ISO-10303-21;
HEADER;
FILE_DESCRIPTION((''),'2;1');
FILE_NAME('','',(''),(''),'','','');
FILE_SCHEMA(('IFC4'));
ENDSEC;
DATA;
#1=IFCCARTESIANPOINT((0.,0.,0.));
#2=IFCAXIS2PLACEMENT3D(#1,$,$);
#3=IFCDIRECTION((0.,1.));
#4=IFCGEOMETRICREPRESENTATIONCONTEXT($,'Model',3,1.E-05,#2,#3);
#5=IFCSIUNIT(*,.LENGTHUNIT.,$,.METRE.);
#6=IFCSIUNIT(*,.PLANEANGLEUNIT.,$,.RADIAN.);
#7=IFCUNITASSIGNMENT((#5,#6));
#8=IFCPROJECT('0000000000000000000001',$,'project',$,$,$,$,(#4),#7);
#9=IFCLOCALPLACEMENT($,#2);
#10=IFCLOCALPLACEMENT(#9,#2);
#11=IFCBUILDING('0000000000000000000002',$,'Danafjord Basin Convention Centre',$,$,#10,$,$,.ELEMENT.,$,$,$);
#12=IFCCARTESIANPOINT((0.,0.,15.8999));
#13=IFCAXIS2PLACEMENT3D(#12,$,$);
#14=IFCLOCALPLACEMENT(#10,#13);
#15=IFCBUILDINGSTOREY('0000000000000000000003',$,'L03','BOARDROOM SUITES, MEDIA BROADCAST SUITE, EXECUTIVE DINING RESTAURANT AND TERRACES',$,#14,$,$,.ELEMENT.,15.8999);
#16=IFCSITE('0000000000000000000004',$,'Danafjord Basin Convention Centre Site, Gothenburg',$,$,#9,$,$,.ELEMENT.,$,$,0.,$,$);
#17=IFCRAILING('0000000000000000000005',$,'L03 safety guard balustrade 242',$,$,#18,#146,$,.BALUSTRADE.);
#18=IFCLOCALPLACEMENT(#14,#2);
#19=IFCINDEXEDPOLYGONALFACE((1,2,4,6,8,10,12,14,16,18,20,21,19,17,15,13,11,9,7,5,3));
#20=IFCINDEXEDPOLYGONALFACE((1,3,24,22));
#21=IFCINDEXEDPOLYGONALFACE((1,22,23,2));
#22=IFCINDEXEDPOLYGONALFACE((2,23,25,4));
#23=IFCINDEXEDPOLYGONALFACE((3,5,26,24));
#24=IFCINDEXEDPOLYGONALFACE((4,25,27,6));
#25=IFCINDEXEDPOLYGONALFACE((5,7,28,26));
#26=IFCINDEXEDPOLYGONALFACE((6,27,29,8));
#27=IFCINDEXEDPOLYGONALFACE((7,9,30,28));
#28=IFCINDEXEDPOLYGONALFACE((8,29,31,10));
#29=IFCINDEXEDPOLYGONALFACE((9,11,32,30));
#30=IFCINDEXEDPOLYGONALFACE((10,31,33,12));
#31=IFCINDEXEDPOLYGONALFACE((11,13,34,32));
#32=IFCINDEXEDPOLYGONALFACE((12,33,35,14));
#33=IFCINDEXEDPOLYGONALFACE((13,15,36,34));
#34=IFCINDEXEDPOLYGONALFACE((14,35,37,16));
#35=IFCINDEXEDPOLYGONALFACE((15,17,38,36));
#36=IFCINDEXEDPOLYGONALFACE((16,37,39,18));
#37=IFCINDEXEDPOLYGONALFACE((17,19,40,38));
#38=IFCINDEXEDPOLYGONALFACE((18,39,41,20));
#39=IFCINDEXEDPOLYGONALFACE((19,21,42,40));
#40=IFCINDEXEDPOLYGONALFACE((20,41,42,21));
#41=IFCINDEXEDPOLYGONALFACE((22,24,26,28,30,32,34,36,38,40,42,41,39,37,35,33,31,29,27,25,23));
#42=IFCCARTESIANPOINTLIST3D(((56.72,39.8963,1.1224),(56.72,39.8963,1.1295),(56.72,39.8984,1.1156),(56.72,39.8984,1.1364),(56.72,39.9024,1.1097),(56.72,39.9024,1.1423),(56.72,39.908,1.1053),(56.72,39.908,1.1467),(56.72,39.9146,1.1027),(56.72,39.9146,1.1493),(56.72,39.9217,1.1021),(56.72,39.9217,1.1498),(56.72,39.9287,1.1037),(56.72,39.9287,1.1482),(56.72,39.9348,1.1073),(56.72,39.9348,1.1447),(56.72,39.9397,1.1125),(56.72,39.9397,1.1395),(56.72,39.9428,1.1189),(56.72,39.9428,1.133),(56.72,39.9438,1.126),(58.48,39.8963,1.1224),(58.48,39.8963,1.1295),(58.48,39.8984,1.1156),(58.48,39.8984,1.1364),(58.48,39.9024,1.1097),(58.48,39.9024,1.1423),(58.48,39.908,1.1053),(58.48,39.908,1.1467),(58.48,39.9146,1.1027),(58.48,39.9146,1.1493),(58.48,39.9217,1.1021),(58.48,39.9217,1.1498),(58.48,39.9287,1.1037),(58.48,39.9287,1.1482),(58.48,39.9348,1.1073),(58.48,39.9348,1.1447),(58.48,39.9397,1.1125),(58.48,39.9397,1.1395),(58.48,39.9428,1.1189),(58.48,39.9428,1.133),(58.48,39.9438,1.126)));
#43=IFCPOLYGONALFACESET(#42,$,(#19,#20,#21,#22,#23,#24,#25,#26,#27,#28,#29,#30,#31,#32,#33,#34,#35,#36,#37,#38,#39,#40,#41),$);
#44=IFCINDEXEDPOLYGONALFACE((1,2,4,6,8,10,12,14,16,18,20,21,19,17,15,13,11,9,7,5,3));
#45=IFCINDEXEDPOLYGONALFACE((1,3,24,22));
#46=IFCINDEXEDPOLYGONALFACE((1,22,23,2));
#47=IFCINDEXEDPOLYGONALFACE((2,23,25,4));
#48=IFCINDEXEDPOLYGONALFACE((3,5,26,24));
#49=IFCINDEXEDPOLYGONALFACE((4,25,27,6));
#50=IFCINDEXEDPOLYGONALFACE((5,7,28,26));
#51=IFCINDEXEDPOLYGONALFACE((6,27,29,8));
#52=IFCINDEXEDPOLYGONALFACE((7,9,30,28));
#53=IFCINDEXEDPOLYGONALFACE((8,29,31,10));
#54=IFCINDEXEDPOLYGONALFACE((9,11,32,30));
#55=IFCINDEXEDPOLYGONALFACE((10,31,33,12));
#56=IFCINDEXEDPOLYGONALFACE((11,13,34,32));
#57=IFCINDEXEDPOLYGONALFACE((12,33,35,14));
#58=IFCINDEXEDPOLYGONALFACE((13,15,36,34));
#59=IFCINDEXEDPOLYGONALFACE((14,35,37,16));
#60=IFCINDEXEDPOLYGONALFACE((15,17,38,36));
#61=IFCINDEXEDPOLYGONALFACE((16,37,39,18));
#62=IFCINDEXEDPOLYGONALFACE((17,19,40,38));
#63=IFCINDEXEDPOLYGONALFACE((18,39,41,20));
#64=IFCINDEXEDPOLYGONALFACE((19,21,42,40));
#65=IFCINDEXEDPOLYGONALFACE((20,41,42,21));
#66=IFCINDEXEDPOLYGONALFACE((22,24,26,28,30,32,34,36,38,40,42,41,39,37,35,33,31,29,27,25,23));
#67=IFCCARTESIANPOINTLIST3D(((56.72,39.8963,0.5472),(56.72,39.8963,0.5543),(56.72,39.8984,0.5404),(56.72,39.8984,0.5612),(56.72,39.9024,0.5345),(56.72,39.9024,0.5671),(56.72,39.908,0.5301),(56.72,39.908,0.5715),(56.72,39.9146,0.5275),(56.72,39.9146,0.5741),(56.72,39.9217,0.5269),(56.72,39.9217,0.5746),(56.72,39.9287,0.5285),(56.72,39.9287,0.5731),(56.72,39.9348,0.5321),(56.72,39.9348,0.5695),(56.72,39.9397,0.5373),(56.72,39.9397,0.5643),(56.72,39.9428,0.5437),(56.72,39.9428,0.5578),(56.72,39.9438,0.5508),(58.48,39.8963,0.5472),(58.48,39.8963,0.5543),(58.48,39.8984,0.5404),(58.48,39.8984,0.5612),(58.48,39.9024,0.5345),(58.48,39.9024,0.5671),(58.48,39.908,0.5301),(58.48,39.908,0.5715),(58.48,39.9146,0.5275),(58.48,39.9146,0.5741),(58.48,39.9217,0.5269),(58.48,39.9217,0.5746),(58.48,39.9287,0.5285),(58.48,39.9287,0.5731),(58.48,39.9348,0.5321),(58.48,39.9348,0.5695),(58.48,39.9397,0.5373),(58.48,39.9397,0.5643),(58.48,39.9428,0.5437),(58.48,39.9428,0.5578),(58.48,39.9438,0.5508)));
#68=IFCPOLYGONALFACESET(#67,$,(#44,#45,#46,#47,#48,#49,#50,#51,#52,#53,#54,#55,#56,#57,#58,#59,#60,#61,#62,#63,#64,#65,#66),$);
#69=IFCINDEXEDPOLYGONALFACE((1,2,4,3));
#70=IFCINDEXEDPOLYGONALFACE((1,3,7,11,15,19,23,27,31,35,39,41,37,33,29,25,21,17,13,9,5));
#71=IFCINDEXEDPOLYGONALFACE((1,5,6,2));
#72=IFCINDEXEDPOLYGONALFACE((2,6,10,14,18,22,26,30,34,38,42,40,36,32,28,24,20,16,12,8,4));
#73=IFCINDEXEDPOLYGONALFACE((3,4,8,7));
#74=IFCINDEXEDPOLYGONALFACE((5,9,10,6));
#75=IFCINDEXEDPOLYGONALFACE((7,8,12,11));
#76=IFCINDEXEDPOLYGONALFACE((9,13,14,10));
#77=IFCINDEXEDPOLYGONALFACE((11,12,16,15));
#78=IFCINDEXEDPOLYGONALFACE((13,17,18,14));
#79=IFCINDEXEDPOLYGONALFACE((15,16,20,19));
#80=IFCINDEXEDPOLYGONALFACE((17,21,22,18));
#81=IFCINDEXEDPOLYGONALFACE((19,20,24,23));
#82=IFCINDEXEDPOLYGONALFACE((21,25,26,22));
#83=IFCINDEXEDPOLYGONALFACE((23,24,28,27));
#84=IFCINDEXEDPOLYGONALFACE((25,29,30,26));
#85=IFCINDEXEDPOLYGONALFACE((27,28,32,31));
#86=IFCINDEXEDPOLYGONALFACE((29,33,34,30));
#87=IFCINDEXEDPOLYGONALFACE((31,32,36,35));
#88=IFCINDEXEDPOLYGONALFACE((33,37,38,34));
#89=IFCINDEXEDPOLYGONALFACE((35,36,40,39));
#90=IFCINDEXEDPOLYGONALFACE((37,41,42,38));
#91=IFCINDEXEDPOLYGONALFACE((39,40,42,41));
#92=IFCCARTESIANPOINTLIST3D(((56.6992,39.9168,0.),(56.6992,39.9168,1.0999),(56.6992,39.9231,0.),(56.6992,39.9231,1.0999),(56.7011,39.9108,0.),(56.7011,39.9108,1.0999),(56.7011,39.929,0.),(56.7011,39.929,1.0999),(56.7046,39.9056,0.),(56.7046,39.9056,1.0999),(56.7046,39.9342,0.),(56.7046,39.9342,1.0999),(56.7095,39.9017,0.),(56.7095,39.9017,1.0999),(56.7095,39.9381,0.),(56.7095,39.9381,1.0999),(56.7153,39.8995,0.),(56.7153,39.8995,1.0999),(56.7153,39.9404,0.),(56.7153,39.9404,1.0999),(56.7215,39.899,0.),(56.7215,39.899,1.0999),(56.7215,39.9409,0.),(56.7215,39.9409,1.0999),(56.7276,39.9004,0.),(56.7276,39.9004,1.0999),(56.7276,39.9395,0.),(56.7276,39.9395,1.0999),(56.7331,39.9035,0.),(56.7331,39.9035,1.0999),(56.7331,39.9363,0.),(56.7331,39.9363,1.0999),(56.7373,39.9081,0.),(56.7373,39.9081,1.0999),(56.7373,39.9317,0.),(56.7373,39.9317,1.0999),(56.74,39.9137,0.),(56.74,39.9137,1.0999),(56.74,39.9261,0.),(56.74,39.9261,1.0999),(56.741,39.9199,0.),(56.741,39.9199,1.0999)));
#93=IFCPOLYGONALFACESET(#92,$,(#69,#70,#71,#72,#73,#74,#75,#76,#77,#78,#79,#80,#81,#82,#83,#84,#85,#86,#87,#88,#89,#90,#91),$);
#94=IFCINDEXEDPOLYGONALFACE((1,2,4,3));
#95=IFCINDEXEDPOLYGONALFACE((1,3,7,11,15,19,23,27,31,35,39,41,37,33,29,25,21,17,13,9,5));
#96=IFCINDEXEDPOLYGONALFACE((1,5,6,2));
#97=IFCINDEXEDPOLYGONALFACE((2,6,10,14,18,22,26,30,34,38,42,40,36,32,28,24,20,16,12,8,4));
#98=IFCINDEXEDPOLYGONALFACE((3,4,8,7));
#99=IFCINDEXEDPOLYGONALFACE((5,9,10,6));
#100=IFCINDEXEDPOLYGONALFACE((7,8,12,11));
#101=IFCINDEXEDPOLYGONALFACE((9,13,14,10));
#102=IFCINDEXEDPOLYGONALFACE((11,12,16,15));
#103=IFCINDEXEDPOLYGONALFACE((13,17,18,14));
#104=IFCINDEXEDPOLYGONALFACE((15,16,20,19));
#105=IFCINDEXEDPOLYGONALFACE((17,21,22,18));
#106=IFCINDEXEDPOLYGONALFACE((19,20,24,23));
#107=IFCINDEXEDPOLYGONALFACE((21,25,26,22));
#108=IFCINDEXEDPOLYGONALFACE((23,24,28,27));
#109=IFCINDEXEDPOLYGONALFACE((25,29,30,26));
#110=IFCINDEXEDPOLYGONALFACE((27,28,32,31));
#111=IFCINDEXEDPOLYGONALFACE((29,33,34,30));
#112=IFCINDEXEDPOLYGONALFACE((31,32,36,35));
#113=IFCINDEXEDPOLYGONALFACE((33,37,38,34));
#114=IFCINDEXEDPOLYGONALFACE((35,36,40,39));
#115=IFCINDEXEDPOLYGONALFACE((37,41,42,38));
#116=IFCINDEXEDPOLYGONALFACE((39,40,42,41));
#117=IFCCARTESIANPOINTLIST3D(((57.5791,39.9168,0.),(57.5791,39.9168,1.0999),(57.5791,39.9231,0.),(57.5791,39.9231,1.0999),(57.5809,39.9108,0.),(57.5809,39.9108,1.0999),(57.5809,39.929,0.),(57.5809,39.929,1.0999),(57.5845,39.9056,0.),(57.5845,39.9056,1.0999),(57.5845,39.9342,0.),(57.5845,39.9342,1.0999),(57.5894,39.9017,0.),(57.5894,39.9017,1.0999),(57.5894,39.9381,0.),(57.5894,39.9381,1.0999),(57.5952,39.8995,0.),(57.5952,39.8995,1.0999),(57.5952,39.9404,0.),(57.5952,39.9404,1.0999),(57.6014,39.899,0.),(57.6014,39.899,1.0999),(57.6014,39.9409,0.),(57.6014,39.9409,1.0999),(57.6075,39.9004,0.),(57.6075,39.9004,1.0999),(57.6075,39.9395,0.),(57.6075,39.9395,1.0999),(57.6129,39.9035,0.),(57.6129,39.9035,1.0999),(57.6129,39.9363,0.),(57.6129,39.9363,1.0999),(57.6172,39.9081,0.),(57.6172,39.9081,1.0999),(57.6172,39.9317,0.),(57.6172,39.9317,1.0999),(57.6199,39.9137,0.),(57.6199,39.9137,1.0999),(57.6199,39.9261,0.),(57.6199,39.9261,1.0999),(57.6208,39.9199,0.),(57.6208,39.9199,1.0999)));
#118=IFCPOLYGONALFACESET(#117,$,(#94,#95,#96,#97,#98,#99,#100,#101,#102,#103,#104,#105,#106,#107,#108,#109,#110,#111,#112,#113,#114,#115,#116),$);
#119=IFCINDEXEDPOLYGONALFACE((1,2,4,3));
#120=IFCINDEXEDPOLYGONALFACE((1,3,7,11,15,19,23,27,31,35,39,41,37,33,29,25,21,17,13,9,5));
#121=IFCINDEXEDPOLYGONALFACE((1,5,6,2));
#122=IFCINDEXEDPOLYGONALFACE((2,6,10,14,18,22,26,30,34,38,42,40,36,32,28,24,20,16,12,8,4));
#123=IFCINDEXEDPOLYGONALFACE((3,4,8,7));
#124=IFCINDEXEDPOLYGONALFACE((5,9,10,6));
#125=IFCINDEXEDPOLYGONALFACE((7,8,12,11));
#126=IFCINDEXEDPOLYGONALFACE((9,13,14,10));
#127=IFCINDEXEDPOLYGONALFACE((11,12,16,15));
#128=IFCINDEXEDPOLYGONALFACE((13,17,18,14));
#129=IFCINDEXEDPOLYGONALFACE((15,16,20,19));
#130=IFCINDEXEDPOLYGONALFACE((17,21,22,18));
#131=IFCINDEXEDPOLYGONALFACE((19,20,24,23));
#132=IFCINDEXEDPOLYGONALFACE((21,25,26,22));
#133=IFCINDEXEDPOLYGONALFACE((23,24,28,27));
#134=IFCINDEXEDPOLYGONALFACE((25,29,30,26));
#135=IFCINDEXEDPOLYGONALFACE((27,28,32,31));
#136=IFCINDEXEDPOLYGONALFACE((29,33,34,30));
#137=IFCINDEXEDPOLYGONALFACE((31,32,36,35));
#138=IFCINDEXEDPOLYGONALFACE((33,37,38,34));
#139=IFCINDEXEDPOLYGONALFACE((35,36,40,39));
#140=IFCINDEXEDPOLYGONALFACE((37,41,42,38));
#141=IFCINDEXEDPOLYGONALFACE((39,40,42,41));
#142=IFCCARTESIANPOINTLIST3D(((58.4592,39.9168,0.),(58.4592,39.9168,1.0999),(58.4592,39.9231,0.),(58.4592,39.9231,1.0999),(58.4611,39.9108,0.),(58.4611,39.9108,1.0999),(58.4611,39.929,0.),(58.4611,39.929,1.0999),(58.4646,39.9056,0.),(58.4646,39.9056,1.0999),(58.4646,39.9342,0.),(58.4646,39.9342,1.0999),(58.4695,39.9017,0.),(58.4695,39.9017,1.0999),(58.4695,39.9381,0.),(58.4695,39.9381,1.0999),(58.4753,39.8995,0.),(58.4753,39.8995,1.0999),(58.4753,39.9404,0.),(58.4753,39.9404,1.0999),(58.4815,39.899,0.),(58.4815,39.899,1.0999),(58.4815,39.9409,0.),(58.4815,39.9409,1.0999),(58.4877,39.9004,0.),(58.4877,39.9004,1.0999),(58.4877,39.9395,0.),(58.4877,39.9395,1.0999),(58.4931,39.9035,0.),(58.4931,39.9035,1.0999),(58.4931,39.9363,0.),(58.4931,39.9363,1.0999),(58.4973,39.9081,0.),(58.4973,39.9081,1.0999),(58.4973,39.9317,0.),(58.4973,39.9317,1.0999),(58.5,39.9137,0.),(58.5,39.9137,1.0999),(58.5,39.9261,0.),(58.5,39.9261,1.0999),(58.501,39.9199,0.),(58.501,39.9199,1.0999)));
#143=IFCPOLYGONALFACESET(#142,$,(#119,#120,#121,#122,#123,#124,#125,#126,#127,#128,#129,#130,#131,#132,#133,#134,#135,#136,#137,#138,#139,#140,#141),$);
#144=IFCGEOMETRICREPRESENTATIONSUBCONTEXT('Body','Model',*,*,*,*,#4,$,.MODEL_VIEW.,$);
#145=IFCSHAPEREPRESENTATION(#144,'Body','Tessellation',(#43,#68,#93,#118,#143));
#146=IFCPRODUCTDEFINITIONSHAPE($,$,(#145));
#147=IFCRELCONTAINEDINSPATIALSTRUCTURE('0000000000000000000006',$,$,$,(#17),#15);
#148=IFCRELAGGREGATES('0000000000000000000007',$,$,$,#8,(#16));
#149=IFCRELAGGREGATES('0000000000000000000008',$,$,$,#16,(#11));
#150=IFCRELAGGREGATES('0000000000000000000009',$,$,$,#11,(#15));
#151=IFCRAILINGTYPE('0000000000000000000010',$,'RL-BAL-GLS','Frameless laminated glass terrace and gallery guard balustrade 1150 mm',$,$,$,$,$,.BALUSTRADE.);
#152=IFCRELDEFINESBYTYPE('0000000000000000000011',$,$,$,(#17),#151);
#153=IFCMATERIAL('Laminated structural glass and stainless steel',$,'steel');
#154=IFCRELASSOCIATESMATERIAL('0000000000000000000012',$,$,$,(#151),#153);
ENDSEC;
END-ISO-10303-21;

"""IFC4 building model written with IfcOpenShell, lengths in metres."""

from ifc_helpers import new_model, si_unit, direction, frame, origin, origin_2d, place, context, subcontext, project, spatial, circle, extrude, material, type_object, element, save


model = new_model("IFC4")

# Units and contexts
model_context = context("Model", 3, precision=1e-05, world=origin(), true_north=direction((0.0, 1.0)))
body_context = subcontext(model_context, "Body", "Model", "MODEL_VIEW")
ifc_project = project(units=[si_unit("LENGTHUNIT", "METRE"), si_unit("PLANEANGLEUNIT", "RADIAN")], contexts=[model_context])

# Site, building, storey
site_placement = place(None, origin())
site = spatial("IfcSite", under=ifc_project, at=site_placement, Name="Danafjord Basin Convention Centre Site, Gothenburg", CompositionType="ELEMENT", RefElevation=0.0)
building_placement = place(site_placement, origin())
building = spatial("IfcBuilding", under=site, at=building_placement, Name="Danafjord Basin Convention Centre", CompositionType="ELEMENT")
storey_placement = place(building_placement, frame((0.0, 0.0, 15.8999)))
storey = spatial("IfcBuildingStorey", under=building, at=storey_placement, Name="L03", Description="BOARDROOM SUITES, MEDIA BROADCAST SUITE, EXECUTIVE DINING RESTAURANT AND TERRACES", CompositionType="ELEMENT", Elevation=15.8999)

# Railing
ifc_material_1 = material(Name="Laminated structural glass and stainless steel", Category="steel")
railing_type = type_object("IfcRailingType", Name="RL-BAL-GLS", Description="Frameless laminated glass terrace and gallery guard balustrade 1150 mm", PredefinedType="BALUSTRADE", material=ifc_material_1)
railing_1_placement = place(storey_placement, frame((56.72, 39.9199, 0.0)))
element("IfcRailing", 1, at=railing_1_placement, inside=storey, type_object=railing_type, Name="L03 safety guard balustrade 242", PredefinedType="BALUSTRADE", context=body_context, shape_type="SweptSolid", body=[
    extrude(circle(Radius=0.0239, at=origin_2d()), frame((0.0, 0.0, 1.126), z_axis=(1.0, 0.0, 0.0), x_axis=(0.0, 1.0, 0.0)), (0.0, 0.0, 1.0), 1.76),
    extrude(circle(Radius=0.0239, at=origin_2d()), frame((0.0, 0.0, 0.5508), z_axis=(1.0, 0.0, 0.0), x_axis=(0.0, 1.0, 0.0)), (0.0, 0.0, 1.0), 1.76),
    extrude(circle(Radius=0.021, at=origin_2d()), origin(), (0.0, 0.0, 1.0), 1.0999),
    extrude(circle(Radius=0.021, at=origin_2d()), frame((0.8799, 0.0, 0.0)), (0.0, 0.0, 1.0), 1.0999),
    extrude(circle(Radius=0.021, at=origin_2d()), frame((1.76, 0.0, 0.0)), (0.0, 0.0, 1.0), 1.0999),
])

save(model, "model.ifc")
